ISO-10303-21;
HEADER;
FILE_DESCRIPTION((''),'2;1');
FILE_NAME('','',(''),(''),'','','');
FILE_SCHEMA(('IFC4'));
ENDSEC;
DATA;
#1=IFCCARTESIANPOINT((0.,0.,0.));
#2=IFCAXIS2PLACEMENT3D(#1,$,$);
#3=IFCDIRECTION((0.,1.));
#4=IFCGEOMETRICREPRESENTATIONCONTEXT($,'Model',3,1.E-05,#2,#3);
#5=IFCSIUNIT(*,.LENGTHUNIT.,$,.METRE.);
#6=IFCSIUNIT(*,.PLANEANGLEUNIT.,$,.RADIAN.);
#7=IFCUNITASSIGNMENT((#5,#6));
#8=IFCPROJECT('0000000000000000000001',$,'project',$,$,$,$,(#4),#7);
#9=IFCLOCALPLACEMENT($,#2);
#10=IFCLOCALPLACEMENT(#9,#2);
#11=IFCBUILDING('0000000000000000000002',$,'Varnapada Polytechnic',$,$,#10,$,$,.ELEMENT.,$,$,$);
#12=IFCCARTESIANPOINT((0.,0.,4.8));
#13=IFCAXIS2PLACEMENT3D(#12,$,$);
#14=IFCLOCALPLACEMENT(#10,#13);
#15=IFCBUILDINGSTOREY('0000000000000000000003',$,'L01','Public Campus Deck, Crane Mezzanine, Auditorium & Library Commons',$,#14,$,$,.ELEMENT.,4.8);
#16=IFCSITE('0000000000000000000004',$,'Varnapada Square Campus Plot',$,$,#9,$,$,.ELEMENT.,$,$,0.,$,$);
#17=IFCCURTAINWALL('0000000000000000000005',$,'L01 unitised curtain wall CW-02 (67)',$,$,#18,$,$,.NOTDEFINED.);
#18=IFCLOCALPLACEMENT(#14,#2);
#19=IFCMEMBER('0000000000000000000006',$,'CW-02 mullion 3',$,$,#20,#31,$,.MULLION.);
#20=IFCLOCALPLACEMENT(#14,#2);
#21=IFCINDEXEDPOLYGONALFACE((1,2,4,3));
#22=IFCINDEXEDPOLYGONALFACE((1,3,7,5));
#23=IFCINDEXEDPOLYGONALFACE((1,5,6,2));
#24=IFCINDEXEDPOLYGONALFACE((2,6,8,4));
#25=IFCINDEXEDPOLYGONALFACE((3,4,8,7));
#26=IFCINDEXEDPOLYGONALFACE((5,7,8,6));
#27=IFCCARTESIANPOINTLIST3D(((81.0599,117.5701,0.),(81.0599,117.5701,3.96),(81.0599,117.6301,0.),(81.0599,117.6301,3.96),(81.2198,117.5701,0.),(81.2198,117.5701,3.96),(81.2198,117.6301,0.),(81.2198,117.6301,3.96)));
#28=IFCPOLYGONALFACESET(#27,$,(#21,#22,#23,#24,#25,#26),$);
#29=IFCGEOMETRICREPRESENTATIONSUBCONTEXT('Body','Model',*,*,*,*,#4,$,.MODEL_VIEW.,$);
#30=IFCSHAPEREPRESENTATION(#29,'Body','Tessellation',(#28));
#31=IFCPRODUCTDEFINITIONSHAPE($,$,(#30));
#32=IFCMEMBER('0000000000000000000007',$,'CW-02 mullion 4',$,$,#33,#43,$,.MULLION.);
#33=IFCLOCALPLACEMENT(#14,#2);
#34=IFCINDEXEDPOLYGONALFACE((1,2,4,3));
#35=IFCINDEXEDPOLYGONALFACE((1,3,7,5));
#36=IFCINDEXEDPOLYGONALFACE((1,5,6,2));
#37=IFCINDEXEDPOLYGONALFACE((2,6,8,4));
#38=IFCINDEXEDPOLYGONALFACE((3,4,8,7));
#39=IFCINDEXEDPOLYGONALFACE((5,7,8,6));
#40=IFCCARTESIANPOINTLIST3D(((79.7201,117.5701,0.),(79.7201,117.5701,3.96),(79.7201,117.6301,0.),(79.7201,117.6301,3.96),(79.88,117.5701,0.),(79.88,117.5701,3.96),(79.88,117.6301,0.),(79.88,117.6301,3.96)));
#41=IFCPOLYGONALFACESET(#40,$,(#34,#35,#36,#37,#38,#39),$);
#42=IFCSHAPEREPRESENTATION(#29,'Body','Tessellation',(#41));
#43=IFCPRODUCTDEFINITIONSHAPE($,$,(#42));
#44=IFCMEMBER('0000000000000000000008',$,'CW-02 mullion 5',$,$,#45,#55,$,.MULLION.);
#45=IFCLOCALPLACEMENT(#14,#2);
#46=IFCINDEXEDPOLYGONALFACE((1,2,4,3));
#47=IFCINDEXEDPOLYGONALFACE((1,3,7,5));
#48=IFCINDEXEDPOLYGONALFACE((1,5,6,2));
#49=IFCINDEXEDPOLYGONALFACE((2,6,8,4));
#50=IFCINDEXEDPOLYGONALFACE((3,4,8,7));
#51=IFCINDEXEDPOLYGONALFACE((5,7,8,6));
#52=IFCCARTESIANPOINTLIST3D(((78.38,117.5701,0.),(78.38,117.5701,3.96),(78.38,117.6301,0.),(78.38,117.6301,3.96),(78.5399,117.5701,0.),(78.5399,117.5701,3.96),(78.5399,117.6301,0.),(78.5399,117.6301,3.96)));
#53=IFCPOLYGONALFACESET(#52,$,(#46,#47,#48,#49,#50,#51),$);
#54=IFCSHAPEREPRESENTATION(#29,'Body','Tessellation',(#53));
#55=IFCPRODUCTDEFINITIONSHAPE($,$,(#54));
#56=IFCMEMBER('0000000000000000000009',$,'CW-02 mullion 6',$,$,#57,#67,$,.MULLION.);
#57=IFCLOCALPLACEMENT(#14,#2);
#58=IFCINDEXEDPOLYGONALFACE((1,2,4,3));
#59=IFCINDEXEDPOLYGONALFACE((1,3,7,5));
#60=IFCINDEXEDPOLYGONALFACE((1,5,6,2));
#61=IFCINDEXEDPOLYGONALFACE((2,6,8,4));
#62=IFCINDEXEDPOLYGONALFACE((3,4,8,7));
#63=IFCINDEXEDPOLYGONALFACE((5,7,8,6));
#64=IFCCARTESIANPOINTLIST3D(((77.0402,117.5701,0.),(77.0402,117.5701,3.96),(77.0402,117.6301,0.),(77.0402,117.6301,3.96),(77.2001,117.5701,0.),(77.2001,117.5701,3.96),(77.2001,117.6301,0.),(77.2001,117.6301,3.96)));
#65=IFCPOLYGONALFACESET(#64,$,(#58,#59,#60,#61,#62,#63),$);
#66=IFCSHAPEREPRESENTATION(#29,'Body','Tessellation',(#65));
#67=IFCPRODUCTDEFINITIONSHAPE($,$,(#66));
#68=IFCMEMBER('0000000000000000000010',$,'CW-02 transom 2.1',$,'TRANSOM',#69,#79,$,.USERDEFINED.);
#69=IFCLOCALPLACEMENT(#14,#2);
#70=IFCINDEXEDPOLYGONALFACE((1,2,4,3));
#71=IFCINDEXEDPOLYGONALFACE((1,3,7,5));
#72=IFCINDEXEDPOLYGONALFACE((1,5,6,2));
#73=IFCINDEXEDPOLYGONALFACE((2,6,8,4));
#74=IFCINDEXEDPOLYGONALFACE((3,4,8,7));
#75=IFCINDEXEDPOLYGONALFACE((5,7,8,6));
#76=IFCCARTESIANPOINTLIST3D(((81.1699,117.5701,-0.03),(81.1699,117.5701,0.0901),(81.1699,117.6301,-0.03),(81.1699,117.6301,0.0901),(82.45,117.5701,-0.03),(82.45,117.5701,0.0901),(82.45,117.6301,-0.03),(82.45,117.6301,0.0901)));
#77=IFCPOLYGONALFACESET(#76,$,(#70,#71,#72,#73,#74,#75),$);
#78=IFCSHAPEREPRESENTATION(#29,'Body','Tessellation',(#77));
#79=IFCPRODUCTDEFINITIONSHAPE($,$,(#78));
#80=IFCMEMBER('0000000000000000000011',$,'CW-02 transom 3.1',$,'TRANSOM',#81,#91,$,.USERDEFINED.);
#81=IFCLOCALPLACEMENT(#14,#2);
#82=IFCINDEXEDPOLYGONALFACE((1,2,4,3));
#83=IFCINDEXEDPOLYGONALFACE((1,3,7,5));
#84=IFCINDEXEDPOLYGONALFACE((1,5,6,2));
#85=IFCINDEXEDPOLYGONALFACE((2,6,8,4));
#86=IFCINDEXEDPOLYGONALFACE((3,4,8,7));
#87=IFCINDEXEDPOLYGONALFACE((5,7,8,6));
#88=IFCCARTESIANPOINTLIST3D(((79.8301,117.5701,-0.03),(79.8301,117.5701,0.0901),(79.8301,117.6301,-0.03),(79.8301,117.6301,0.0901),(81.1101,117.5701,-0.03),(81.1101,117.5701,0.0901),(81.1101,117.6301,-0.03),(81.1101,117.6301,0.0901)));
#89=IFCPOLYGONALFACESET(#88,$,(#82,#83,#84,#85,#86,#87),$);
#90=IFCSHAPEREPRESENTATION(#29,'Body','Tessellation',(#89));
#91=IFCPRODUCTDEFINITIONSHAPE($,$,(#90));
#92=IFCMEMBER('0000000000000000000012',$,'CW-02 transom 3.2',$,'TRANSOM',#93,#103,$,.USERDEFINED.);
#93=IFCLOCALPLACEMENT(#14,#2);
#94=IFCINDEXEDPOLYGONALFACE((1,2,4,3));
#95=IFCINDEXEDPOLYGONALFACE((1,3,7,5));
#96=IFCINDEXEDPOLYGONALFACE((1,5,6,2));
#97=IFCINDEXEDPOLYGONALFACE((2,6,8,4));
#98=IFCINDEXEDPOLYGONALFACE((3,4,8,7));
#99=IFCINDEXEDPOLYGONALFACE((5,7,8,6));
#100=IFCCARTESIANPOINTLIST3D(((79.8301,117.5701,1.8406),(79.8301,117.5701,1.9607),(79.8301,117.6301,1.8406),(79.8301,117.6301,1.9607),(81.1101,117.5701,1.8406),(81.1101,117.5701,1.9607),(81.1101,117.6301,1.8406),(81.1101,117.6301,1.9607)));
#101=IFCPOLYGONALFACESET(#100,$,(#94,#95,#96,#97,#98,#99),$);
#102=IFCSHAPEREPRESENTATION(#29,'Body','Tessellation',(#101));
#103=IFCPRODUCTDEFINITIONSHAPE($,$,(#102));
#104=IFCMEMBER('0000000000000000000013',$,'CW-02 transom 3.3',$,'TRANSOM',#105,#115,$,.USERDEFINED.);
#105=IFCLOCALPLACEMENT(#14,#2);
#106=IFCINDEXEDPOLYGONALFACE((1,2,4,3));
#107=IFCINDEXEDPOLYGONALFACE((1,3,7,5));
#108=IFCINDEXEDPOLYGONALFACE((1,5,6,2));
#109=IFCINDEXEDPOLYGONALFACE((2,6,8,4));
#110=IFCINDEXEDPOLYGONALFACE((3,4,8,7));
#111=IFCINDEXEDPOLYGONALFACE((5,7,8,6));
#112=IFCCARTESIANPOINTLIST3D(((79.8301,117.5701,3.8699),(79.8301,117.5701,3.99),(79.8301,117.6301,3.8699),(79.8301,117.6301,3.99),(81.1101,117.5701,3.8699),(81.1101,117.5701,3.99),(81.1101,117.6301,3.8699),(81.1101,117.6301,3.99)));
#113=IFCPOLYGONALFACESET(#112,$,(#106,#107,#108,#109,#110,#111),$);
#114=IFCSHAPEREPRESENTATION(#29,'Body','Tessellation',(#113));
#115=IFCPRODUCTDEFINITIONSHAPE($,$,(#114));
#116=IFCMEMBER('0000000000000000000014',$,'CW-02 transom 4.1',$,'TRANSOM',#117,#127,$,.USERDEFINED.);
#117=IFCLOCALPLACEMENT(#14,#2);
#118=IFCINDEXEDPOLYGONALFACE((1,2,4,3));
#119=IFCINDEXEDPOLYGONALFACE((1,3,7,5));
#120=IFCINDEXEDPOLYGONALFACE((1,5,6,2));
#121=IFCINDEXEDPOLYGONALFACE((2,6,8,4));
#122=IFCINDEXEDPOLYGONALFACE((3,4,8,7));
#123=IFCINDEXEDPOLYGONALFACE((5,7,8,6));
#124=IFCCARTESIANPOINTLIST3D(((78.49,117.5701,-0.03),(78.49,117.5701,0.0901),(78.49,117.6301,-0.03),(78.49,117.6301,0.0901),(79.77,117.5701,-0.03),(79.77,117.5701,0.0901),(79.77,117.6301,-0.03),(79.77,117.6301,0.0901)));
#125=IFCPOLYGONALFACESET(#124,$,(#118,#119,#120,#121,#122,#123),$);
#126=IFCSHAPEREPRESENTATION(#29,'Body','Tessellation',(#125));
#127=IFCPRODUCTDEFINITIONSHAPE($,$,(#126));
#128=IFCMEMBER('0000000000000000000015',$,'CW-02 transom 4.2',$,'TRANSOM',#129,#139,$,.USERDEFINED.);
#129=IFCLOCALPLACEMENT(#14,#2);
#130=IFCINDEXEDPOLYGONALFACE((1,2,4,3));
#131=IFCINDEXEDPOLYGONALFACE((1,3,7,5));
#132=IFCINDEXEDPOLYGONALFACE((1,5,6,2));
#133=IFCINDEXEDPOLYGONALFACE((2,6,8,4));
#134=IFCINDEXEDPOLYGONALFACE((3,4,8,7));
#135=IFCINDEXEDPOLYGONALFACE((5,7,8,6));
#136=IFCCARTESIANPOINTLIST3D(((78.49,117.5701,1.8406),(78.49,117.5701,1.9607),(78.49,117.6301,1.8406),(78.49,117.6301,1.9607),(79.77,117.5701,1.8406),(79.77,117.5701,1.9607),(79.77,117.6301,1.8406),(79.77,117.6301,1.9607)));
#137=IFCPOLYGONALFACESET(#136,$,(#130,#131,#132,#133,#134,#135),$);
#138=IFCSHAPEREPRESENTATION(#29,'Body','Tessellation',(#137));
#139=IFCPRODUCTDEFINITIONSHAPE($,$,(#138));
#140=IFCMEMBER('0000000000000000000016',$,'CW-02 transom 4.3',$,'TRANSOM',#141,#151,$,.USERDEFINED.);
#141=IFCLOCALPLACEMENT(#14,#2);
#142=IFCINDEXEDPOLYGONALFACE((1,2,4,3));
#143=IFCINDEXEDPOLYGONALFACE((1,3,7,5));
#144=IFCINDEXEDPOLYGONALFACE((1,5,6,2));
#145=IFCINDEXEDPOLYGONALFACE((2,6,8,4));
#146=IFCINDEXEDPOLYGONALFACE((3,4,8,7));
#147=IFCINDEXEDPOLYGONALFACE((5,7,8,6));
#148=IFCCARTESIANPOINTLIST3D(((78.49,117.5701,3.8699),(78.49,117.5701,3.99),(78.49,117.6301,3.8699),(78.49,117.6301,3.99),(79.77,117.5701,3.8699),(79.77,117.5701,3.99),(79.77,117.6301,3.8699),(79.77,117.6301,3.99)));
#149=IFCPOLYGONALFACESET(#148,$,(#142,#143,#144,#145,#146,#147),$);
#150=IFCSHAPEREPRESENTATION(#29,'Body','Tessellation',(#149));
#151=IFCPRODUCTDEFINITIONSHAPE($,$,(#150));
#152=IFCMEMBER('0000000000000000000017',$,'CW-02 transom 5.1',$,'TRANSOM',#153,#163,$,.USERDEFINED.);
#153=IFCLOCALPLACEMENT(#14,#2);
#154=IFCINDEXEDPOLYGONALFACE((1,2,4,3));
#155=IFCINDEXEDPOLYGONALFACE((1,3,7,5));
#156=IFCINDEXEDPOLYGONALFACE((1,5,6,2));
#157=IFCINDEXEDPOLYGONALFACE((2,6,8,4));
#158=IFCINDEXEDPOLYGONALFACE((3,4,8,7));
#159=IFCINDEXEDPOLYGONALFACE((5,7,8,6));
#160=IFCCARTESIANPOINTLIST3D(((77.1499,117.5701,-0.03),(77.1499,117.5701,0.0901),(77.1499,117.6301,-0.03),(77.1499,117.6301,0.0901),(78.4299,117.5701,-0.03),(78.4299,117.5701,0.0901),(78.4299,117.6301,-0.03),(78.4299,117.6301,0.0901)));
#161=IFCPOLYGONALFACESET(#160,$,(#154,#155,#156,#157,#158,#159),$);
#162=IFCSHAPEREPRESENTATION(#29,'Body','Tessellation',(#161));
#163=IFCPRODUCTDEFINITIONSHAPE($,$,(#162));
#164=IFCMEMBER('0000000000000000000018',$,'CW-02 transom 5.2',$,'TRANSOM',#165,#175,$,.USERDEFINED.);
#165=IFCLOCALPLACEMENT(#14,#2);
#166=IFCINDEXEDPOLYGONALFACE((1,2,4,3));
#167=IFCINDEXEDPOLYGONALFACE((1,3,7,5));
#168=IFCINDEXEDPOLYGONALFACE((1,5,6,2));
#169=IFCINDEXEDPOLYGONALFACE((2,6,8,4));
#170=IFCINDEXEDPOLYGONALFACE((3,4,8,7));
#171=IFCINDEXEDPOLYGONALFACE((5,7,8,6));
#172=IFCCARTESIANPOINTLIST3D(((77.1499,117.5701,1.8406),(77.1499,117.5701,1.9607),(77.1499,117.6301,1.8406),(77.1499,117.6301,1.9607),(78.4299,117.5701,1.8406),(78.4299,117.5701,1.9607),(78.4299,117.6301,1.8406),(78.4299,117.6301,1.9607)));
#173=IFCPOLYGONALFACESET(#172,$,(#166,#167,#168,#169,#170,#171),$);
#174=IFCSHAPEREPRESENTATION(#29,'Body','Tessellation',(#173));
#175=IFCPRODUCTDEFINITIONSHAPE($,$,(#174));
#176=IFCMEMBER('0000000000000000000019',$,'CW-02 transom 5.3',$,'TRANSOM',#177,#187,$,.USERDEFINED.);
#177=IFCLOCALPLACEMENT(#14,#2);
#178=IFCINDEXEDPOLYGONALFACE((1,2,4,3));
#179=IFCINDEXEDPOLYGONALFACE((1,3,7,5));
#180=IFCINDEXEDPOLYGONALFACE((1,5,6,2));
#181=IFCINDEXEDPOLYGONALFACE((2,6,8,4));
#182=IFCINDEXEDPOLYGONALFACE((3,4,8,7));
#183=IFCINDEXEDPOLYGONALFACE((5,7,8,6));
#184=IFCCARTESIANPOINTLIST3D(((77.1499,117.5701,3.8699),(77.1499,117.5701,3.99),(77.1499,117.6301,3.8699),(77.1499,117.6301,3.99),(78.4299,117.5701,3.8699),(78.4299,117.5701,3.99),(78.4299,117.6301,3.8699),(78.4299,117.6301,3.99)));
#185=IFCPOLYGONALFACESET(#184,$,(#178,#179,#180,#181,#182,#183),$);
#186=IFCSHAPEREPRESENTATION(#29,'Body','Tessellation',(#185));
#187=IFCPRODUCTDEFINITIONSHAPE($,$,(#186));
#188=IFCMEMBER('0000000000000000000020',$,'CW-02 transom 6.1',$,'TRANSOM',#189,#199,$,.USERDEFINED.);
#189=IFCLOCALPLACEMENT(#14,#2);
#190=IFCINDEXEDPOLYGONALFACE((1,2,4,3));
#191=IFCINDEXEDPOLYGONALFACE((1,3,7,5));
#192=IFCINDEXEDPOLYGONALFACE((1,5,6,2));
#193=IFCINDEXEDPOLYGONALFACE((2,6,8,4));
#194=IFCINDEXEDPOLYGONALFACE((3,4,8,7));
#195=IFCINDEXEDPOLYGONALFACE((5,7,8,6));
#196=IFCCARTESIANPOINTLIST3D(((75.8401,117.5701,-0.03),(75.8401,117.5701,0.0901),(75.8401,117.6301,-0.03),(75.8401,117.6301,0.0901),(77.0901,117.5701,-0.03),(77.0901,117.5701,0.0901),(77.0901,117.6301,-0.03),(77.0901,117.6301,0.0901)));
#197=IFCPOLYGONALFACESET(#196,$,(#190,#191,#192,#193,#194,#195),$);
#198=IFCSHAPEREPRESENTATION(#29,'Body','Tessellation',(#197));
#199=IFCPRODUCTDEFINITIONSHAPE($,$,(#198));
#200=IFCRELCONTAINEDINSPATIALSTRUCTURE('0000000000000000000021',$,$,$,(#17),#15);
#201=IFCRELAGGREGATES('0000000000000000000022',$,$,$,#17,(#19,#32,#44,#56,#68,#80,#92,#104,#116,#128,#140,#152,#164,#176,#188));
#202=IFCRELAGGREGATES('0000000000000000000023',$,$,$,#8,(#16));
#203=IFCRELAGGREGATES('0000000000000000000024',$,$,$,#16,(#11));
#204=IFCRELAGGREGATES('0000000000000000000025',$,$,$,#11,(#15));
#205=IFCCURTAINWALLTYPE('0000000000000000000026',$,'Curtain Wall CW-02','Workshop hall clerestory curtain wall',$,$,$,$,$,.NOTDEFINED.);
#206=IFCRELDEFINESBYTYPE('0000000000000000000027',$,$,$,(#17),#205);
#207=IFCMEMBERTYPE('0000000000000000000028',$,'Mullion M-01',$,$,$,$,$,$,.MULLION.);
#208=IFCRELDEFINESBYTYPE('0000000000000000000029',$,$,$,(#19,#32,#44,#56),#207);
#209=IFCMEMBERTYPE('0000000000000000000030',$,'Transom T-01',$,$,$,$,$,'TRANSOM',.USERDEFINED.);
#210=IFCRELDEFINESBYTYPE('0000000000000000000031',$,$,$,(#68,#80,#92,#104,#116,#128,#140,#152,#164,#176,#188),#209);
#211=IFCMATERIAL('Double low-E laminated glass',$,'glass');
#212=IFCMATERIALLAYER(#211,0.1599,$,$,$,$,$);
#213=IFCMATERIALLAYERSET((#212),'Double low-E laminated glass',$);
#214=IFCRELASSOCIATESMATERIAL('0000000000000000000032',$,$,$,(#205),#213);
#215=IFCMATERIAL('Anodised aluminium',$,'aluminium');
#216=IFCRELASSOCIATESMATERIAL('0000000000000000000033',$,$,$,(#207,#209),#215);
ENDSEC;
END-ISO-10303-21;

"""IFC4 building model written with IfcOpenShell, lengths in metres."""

from ifc_helpers import new_model, si_unit, direction, frame, origin, origin_2d, place, context, subcontext, project, spatial, rectangle, extrude, material, layer, layer_set, material_profile, profile_set, type_object, element, aggregate, save


model = new_model("IFC4")

# Units and contexts
model_context = context("Model", 3, precision=1e-05, world=origin(), true_north=direction((0.0, 1.0)))
body_context = subcontext(model_context, "Body", "Model", "MODEL_VIEW")
ifc_project = project(units=[si_unit("LENGTHUNIT", "METRE"), si_unit("PLANEANGLEUNIT", "RADIAN")], contexts=[model_context])

# Site, building, storey
site_placement = place(None, origin())
site = spatial("IfcSite", under=ifc_project, at=site_placement, Name="Varnapada Square Campus Plot", CompositionType="ELEMENT", RefElevation=0.0)
building_placement = place(site_placement, origin())
building = spatial("IfcBuilding", under=site, at=building_placement, Name="Varnapada Polytechnic", CompositionType="ELEMENT")
storey_placement = place(building_placement, frame((0.0, 0.0, 4.8)))
storey = spatial("IfcBuildingStorey", under=building, at=storey_placement, Name="L01", Description="Public Campus Deck, Crane Mezzanine, Auditorium & Library Commons", CompositionType="ELEMENT", Elevation=4.8)

# Curtain wall, members
ifc_material_1 = material(Name="Double low-E laminated glass", Category="glass")
ifc_layer_1 = layer(ifc_material_1, 0.1599)
ifc_layer_set_1 = layer_set([ifc_layer_1], Name="Double low-E laminated glass")
curtain_wall_type = type_object("IfcCurtainWallType", Name="Curtain Wall CW-02", Description="Workshop hall clerestory curtain wall", PredefinedType="NOTDEFINED", material=ifc_layer_set_1)
curtain_wall_placement = place(storey_placement, origin())
curtain_wall = element("IfcCurtainWall", 1, at=curtain_wall_placement, inside=storey, type_object=curtain_wall_type, Name="L01 unitised curtain wall CW-02 (67)", PredefinedType="NOTDEFINED")
ifc_material_2 = material(Name="Anodised aluminium", Category="aluminium")
ifc_material_profile_1 = material_profile(ifc_material_2, rectangle(XDim=0.0601, YDim=0.1599, at=origin_2d()), Name="ALU M60x160")
ifc_profile_set_1 = profile_set([ifc_material_profile_1], Name="Anodised aluminium")
member_type_1 = type_object("IfcMemberType", Name="Mullion M-01", PredefinedType="MULLION", material=ifc_profile_set_1)
member_1_placement = place(storey_placement, frame((81.1399, 117.6001, 0.0), z_axis=(0.0, 0.0, 1.0), x_axis=(0.0, -1.0, 0.0)))
member_1 = element("IfcMember", 2, at=member_1_placement, type_object=member_type_1, Name="CW-02 mullion 3", PredefinedType="MULLION", context=body_context, shape_type="SweptSolid", body=[
    extrude(rectangle(XDim=0.0601, YDim=0.1599, at=origin_2d()), origin(), (0.0, 0.0, 1.0), 3.96),
])
member_2_placement = place(storey_placement, frame((79.8, 117.6001, 0.0), z_axis=(0.0, 0.0, 1.0), x_axis=(0.0, -1.0, 0.0)))
member_2 = element("IfcMember", 3, at=member_2_placement, type_object=member_type_1, Name="CW-02 mullion 4", PredefinedType="MULLION", context=body_context, shape_type="SweptSolid", body=[
    extrude(rectangle(XDim=0.0601, YDim=0.1599, at=origin_2d()), origin(), (0.0, 0.0, 1.0), 3.96),
])
member_3_placement = place(storey_placement, frame((78.46, 117.6001, 0.0), z_axis=(0.0, 0.0, 1.0), x_axis=(0.0, -1.0, 0.0)))
member_3 = element("IfcMember", 4, at=member_3_placement, type_object=member_type_1, Name="CW-02 mullion 5", PredefinedType="MULLION", context=body_context, shape_type="SweptSolid", body=[
    extrude(rectangle(XDim=0.0601, YDim=0.1599, at=origin_2d()), origin(), (0.0, 0.0, 1.0), 3.96),
])
member_4_placement = place(storey_placement, frame((77.1201, 117.6001, 0.0), z_axis=(0.0, 0.0, 1.0), x_axis=(0.0, -1.0, 0.0)))
member_4 = element("IfcMember", 5, at=member_4_placement, type_object=member_type_1, Name="CW-02 mullion 6", PredefinedType="MULLION", context=body_context, shape_type="SweptSolid", body=[
    extrude(rectangle(XDim=0.0601, YDim=0.1599, at=origin_2d()), origin(), (0.0, 0.0, 1.0), 3.96),
])
ifc_material_profile_2 = material_profile(ifc_material_2, rectangle(XDim=0.0601, YDim=0.1201, at=origin_2d()), Name="ALU T60x120")
ifc_profile_set_2 = profile_set([ifc_material_profile_2], Name="Anodised aluminium")
member_type_2 = type_object("IfcMemberType", Name="Transom T-01", ElementType="TRANSOM", PredefinedType="USERDEFINED", material=ifc_profile_set_2)
member_5_placement = place(storey_placement, frame((82.45, 117.6001, 0.03), z_axis=(-1.0, 0.0, 0.0), x_axis=(0.0, -1.0, 0.0)))
member_5 = element("IfcMember", 6, at=member_5_placement, type_object=member_type_2, Name="CW-02 transom 2.1", ObjectType="TRANSOM", PredefinedType="USERDEFINED", context=body_context, shape_type="SweptSolid", body=[
    extrude(rectangle(XDim=0.0601, YDim=0.1201, at=origin_2d()), origin(), (0.0, 0.0, 1.0), 1.28),
])
member_6_placement = place(storey_placement, frame((81.1101, 117.6001, 0.03), z_axis=(-1.0, 0.0, 0.0), x_axis=(0.0, -1.0, 0.0)))
member_6 = element("IfcMember", 7, at=member_6_placement, type_object=member_type_2, Name="CW-02 transom 3.1", ObjectType="TRANSOM", PredefinedType="USERDEFINED", context=body_context, shape_type="SweptSolid", body=[
    extrude(rectangle(XDim=0.0601, YDim=0.1201, at=origin_2d()), origin(), (0.0, 0.0, 1.0), 1.28),
])
member_7_placement = place(storey_placement, frame((81.1101, 117.6001, 1.9006), z_axis=(-1.0, 0.0, 0.0), x_axis=(0.0, -1.0, 0.0)))
member_7 = element("IfcMember", 8, at=member_7_placement, type_object=member_type_2, Name="CW-02 transom 3.2", ObjectType="TRANSOM", PredefinedType="USERDEFINED", context=body_context, shape_type="SweptSolid", body=[
    extrude(rectangle(XDim=0.0601, YDim=0.1201, at=origin_2d()), origin(), (0.0, 0.0, 1.0), 1.28),
])
member_8_placement = place(storey_placement, frame((81.1101, 117.6001, 3.9299), z_axis=(-1.0, 0.0, 0.0), x_axis=(0.0, -1.0, 0.0)))
member_8 = element("IfcMember", 9, at=member_8_placement, type_object=member_type_2, Name="CW-02 transom 3.3", ObjectType="TRANSOM", PredefinedType="USERDEFINED", context=body_context, shape_type="SweptSolid", body=[
    extrude(rectangle(XDim=0.0601, YDim=0.1201, at=origin_2d()), origin(), (0.0, 0.0, 1.0), 1.28),
])
member_9_placement = place(storey_placement, frame((79.77, 117.6001, 0.03), z_axis=(-1.0, 0.0, 0.0), x_axis=(0.0, -1.0, 0.0)))
member_9 = element("IfcMember", 10, at=member_9_placement, type_object=member_type_2, Name="CW-02 transom 4.1", ObjectType="TRANSOM", PredefinedType="USERDEFINED", context=body_context, shape_type="SweptSolid", body=[
    extrude(rectangle(XDim=0.0601, YDim=0.1201, at=origin_2d()), origin(), (0.0, 0.0, 1.0), 1.28),
])
member_10_placement = place(storey_placement, frame((79.77, 117.6001, 1.9006), z_axis=(-1.0, 0.0, 0.0), x_axis=(0.0, -1.0, 0.0)))
member_10 = element("IfcMember", 11, at=member_10_placement, type_object=member_type_2, Name="CW-02 transom 4.2", ObjectType="TRANSOM", PredefinedType="USERDEFINED", context=body_context, shape_type="SweptSolid", body=[
    extrude(rectangle(XDim=0.0601, YDim=0.1201, at=origin_2d()), origin(), (0.0, 0.0, 1.0), 1.28),
])
member_11_placement = place(storey_placement, frame((79.77, 117.6001, 3.9299), z_axis=(-1.0, 0.0, 0.0), x_axis=(0.0, -1.0, 0.0)))
member_11 = element("IfcMember", 12, at=member_11_placement, type_object=member_type_2, Name="CW-02 transom 4.3", ObjectType="TRANSOM", PredefinedType="USERDEFINED", context=body_context, shape_type="SweptSolid", body=[
    extrude(rectangle(XDim=0.0601, YDim=0.1201, at=origin_2d()), origin(), (0.0, 0.0, 1.0), 1.28),
])
member_12_placement = place(storey_placement, frame((78.4299, 117.6001, 0.03), z_axis=(-1.0, 0.0, 0.0), x_axis=(0.0, -1.0, 0.0)))
member_12 = element("IfcMember", 13, at=member_12_placement, type_object=member_type_2, Name="CW-02 transom 5.1", ObjectType="TRANSOM", PredefinedType="USERDEFINED", context=body_context, shape_type="SweptSolid", body=[
    extrude(rectangle(XDim=0.0601, YDim=0.1201, at=origin_2d()), origin(), (0.0, 0.0, 1.0), 1.28),
])
member_13_placement = place(storey_placement, frame((78.4299, 117.6001, 1.9006), z_axis=(-1.0, 0.0, 0.0), x_axis=(0.0, -1.0, 0.0)))
member_13 = element("IfcMember", 14, at=member_13_placement, type_object=member_type_2, Name="CW-02 transom 5.2", ObjectType="TRANSOM", PredefinedType="USERDEFINED", context=body_context, shape_type="SweptSolid", body=[
    extrude(rectangle(XDim=0.0601, YDim=0.1201, at=origin_2d()), origin(), (0.0, 0.0, 1.0), 1.28),
])
member_14_placement = place(storey_placement, frame((78.4299, 117.6001, 3.9299), z_axis=(-1.0, 0.0, 0.0), x_axis=(0.0, -1.0, 0.0)))
member_14 = element("IfcMember", 15, at=member_14_placement, type_object=member_type_2, Name="CW-02 transom 5.3", ObjectType="TRANSOM", PredefinedType="USERDEFINED", context=body_context, shape_type="SweptSolid", body=[
    extrude(rectangle(XDim=0.0601, YDim=0.1201, at=origin_2d()), origin(), (0.0, 0.0, 1.0), 1.28),
])
member_15_placement = place(storey_placement, frame((77.0901, 117.6001, 0.03), z_axis=(-1.0, 0.0, 0.0), x_axis=(0.0, -1.0, 0.0)))
member_15 = element("IfcMember", 16, at=member_15_placement, type_object=member_type_2, Name="CW-02 transom 6.1", ObjectType="TRANSOM", PredefinedType="USERDEFINED", context=body_context, shape_type="SweptSolid", body=[
    extrude(rectangle(XDim=0.0601, YDim=0.1201, at=origin_2d()), origin(), (0.0, 0.0, 1.0), 1.25),
])
aggregate(curtain_wall, [member_1, member_2, member_3, member_4, member_5, member_6, member_7, member_8, member_9, member_10, member_11, member_12, member_13, member_14, member_15])

save(model, "model.ifc")
